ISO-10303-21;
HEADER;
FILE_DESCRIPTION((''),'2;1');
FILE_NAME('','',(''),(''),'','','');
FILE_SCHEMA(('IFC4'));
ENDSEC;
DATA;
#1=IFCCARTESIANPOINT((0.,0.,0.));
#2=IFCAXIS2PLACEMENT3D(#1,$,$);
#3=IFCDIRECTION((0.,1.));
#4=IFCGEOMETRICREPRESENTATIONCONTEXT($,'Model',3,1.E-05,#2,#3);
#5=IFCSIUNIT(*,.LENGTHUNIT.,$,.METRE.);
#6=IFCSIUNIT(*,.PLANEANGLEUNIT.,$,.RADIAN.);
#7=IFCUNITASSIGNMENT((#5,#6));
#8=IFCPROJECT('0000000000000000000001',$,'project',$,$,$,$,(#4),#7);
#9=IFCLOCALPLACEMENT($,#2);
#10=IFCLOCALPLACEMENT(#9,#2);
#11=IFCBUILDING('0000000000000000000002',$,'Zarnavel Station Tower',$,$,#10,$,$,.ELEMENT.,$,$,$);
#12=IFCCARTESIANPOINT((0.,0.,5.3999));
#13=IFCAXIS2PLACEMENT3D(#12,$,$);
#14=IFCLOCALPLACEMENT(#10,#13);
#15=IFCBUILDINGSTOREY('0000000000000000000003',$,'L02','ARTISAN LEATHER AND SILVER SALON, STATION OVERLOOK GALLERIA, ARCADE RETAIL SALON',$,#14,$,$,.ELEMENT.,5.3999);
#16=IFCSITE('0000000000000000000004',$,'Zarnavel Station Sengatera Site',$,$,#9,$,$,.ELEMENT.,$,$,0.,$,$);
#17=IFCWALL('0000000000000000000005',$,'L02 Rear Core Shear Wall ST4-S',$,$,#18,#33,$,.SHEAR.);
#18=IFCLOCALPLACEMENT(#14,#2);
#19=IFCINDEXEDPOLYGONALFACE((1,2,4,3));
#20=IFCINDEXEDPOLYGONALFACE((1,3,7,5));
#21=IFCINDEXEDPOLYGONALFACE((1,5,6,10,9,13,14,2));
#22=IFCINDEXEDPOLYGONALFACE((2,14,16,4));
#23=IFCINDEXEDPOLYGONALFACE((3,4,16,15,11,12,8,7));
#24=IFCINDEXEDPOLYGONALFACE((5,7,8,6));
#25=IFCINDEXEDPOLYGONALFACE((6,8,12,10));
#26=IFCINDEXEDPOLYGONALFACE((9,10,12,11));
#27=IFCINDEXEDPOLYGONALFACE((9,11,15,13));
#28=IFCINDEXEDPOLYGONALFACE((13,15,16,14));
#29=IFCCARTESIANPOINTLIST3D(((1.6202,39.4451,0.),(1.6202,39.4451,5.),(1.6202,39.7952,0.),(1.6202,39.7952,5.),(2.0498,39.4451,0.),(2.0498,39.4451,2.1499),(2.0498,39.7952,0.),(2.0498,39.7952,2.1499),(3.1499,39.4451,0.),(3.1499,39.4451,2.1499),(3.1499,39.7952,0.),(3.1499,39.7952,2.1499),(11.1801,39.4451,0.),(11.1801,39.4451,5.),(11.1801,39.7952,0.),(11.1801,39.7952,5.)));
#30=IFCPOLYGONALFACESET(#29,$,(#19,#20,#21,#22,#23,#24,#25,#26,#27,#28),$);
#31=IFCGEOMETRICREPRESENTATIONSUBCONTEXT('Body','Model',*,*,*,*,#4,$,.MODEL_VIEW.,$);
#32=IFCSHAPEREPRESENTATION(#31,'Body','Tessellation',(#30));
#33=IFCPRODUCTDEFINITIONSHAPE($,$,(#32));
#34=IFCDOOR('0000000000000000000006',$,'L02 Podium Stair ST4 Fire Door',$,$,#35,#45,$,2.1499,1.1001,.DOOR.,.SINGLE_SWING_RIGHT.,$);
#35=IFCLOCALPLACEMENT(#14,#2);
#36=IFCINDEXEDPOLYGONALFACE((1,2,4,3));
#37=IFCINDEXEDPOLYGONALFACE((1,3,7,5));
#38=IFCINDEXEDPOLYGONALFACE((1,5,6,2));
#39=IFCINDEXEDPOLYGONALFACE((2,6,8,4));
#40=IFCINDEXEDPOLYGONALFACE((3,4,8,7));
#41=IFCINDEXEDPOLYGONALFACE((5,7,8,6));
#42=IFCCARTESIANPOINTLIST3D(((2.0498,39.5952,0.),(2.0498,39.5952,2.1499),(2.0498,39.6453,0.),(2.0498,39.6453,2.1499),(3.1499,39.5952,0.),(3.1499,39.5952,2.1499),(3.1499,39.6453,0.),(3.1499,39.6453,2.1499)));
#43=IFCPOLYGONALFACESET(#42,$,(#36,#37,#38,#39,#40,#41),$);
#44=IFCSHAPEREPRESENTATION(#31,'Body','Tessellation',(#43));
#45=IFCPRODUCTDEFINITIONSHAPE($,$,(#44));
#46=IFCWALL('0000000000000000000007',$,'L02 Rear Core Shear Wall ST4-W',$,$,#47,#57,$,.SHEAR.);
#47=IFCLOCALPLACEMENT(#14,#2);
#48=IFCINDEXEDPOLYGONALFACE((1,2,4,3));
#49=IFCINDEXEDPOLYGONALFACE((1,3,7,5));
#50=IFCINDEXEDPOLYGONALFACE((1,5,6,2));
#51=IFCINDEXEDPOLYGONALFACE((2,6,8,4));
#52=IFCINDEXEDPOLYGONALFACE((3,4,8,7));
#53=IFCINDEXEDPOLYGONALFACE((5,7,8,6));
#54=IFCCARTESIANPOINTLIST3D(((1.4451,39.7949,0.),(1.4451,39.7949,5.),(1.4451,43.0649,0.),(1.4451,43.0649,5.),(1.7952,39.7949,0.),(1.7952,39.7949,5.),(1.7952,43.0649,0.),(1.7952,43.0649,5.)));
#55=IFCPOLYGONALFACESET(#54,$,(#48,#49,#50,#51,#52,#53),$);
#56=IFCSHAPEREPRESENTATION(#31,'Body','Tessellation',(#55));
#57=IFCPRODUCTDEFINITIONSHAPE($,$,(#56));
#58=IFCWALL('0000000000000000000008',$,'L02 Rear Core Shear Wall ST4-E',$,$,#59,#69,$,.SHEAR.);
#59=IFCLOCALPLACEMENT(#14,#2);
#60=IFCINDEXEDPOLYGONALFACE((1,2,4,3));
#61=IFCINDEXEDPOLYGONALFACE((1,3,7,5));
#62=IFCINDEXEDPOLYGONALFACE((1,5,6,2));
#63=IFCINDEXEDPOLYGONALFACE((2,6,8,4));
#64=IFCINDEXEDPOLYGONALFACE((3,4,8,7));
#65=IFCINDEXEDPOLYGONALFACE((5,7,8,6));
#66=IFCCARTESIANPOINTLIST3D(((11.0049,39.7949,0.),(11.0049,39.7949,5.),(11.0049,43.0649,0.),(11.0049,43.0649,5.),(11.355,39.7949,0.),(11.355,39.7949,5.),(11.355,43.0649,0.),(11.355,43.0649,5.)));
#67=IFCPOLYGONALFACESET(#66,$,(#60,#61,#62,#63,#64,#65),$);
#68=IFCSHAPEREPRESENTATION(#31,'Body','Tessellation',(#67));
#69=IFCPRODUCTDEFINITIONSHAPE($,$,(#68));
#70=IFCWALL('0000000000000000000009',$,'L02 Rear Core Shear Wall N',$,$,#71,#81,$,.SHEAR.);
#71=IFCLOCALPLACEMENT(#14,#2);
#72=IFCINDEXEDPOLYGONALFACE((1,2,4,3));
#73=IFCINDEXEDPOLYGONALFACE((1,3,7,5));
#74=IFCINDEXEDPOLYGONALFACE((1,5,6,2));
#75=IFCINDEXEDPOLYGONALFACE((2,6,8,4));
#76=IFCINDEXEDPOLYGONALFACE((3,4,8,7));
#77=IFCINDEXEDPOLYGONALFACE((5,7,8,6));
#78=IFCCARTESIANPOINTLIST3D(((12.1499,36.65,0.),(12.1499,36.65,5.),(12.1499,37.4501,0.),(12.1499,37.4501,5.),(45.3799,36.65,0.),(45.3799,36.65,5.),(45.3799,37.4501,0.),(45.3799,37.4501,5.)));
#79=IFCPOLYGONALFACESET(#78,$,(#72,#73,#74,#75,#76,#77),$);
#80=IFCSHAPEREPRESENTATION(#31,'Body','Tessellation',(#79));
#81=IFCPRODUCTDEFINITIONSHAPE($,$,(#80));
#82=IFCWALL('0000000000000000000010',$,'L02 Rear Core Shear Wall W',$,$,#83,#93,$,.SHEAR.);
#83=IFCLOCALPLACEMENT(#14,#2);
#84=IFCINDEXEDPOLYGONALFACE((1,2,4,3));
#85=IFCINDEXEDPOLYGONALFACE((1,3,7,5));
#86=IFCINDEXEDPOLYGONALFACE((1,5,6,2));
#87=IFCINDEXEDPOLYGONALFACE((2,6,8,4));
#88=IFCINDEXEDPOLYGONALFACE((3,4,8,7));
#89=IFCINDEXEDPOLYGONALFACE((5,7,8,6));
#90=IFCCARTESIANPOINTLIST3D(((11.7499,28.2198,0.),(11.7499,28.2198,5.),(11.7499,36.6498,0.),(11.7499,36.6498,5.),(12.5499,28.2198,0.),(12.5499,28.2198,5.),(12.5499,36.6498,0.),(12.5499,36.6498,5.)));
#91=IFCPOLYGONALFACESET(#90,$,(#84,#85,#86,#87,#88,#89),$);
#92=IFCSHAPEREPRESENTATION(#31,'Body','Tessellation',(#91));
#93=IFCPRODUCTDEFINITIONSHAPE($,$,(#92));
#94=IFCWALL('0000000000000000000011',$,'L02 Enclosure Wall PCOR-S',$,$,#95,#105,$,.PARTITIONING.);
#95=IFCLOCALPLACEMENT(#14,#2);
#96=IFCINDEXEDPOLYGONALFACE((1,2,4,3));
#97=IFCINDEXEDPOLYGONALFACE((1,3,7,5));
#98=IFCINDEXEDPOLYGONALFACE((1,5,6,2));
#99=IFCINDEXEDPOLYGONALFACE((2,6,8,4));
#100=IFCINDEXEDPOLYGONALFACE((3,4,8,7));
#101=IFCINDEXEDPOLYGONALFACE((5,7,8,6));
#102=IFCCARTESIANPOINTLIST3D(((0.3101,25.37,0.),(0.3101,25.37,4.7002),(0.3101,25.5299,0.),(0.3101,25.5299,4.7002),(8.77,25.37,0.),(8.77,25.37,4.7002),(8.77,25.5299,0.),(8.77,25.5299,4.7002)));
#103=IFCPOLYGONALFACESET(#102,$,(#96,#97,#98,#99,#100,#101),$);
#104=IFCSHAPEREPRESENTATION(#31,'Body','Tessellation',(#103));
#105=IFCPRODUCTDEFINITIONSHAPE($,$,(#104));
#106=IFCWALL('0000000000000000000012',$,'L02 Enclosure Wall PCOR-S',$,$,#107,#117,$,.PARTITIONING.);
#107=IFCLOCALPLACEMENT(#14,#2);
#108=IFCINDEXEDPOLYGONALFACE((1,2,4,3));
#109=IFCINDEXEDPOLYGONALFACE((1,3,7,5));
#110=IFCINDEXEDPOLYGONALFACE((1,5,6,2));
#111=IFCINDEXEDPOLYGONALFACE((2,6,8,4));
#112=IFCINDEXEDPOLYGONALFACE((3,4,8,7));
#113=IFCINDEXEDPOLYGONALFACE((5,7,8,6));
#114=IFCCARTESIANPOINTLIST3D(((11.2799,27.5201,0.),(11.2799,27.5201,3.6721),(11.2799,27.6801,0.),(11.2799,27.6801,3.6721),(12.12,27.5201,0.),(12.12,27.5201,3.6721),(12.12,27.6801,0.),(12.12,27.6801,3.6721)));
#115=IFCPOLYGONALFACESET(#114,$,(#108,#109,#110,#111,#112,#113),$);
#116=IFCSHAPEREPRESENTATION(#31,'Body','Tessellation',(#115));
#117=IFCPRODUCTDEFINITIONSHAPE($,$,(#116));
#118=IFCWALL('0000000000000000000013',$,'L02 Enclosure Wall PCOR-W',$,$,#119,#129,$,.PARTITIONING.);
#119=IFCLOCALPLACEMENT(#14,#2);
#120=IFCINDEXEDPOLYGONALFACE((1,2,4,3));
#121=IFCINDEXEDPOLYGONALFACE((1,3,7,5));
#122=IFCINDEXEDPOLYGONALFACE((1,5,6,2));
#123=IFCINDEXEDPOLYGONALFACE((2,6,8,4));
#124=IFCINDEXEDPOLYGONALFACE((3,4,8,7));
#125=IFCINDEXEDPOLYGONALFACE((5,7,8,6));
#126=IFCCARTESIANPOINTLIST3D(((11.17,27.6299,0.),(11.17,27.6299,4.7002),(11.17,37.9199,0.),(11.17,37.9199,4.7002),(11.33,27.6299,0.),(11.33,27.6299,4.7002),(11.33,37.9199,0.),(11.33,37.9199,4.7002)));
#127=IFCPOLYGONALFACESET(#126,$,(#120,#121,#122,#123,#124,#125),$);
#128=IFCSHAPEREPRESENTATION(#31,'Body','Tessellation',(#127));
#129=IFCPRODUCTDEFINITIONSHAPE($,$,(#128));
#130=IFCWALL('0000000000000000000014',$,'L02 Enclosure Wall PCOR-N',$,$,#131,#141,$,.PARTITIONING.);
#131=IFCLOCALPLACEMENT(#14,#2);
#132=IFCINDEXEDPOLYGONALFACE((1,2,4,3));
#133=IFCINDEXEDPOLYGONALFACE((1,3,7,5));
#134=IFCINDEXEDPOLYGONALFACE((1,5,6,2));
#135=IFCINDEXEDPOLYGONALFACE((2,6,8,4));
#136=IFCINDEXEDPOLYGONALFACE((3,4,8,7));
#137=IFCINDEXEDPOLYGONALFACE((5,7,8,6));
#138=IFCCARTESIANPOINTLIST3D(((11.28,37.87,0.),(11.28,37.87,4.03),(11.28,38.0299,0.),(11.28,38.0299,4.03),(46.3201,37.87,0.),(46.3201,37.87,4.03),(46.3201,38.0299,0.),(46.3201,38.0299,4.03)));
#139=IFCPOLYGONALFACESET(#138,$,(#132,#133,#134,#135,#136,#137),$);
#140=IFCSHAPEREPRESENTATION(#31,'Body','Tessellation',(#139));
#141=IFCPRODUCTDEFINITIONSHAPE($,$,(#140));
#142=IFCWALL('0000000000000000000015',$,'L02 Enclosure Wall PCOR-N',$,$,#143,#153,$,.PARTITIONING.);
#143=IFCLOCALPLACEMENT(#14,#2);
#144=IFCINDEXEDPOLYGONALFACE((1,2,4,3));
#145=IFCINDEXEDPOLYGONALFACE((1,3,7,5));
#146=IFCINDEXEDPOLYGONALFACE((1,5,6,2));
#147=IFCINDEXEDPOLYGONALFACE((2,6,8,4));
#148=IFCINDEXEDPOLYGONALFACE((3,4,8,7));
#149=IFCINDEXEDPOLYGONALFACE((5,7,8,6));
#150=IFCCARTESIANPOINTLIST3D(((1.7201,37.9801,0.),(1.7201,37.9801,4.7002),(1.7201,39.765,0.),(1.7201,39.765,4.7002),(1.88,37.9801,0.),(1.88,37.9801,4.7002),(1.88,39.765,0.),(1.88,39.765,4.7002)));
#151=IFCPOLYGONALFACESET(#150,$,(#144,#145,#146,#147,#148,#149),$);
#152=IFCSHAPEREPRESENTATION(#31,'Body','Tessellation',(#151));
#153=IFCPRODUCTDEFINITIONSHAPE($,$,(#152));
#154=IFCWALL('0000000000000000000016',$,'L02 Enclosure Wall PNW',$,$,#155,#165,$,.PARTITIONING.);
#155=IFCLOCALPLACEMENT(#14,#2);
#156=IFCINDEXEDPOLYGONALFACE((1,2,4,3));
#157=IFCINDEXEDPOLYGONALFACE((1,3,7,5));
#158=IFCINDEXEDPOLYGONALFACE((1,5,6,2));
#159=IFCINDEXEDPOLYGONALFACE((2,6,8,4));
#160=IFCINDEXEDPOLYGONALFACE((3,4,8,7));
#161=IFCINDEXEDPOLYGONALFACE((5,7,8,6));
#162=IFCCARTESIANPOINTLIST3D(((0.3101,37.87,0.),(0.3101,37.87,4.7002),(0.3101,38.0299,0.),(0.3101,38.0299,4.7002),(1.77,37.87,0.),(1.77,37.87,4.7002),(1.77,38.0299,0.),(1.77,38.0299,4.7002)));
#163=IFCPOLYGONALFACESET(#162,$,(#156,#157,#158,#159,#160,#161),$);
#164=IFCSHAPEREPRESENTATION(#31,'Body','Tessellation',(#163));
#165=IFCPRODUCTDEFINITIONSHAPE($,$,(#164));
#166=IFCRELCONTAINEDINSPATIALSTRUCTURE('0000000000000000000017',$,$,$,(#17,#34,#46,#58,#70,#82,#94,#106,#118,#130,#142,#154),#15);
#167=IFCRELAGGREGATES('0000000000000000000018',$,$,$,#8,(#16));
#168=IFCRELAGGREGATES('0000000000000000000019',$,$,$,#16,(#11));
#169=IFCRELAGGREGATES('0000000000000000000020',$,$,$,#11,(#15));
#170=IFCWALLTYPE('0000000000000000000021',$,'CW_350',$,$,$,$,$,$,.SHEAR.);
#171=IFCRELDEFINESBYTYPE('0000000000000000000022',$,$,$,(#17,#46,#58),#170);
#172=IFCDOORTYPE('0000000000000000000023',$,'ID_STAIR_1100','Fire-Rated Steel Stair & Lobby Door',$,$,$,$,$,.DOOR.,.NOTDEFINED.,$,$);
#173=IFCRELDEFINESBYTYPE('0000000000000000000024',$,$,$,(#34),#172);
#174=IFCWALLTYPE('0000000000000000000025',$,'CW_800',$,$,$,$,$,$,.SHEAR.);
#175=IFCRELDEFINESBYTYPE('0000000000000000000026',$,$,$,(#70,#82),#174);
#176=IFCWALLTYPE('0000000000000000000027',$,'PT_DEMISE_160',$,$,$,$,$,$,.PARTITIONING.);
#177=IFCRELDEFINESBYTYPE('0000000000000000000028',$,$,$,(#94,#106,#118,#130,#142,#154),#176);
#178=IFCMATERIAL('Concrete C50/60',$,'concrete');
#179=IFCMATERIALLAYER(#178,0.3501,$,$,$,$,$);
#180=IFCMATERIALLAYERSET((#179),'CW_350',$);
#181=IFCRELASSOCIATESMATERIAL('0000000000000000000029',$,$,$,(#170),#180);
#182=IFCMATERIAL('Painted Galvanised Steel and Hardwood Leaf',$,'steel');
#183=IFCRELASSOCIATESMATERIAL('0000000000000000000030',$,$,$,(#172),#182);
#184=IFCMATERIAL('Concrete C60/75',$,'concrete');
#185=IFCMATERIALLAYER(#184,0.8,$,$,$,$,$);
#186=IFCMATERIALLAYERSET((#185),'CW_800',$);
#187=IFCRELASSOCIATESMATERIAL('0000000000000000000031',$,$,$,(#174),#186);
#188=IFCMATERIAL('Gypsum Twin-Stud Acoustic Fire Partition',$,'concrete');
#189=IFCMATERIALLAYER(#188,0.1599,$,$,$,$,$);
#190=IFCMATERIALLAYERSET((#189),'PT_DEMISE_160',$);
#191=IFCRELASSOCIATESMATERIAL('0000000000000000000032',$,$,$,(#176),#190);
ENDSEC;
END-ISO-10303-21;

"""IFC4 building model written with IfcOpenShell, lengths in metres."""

from ifc_helpers import new_model, si_unit, direction, frame, frame_2d, origin, place, context, subcontext, project, spatial, rectangle, extrude, material, layer, layer_set, type_object, element, fill, save


model = new_model("IFC4")

# Units and contexts
model_context = context("Model", 3, precision=1e-05, world=origin(), true_north=direction((0.0, 1.0)))
body_context = subcontext(model_context, "Body", "Model", "MODEL_VIEW")
ifc_project = project(units=[si_unit("LENGTHUNIT", "METRE"), si_unit("PLANEANGLEUNIT", "RADIAN")], contexts=[model_context])

# Site, building, storey
site_placement = place(None, origin())
site = spatial("IfcSite", under=ifc_project, at=site_placement, Name="Zarnavel Station Sengatera Site", CompositionType="ELEMENT", RefElevation=0.0)
building_placement = place(site_placement, origin())
building = spatial("IfcBuilding", under=site, at=building_placement, Name="Zarnavel Station Tower", CompositionType="ELEMENT")
storey_placement = place(building_placement, frame((0.0, 0.0, 5.3999)))
storey = spatial("IfcBuildingStorey", under=building, at=storey_placement, Name="L02", Description="ARTISAN LEATHER AND SILVER SALON, STATION OVERLOOK GALLERIA, ARCADE RETAIL SALON", CompositionType="ELEMENT", Elevation=5.3999)

# Wall, opening, door
ifc_material_1 = material(Name="Concrete C50/60", Category="concrete")
ifc_layer_1 = layer(ifc_material_1, 0.3501)
ifc_layer_set_1 = layer_set([ifc_layer_1], Name="CW_350")
wall_type_1 = type_object("IfcWallType", Name="CW_350", PredefinedType="SHEAR", material=ifc_layer_set_1)
wall_1_placement = place(storey_placement, frame((11.1799, 39.6201, 0.0), z_axis=(0.0, 0.0, 1.0), x_axis=(-1.0, 0.0, 0.0)))
wall_1 = element("IfcWall", 1, at=wall_1_placement, inside=storey, type_object=wall_type_1, Name="L02 Rear Core Shear Wall ST4-S", PredefinedType="SHEAR", context=body_context, shape_type="SweptSolid", body=[
    extrude(rectangle(XDim=9.5598, YDim=0.3501, at=frame_2d((4.7798, 0.0))), origin(), (0.0, 0.0, 1.0), 5.0),
])
opening_1_placement = place(wall_1_placement, frame((8.03, 0.0, 0.0)))
opening_1 = element("IfcOpeningElement", 2, at=opening_1_placement, cuts=wall_1, PredefinedType="OPENING", context=body_context, shape_type="SweptSolid", body=[
    extrude(rectangle(XDim=1.1001, YDim=2.1499, at=frame_2d((0.55, 1.075))), frame((0.0, 0.1851, 0.0), z_axis=(0.0, -1.0, 0.0), x_axis=(1.0, 0.0, 0.0)), (0.0, 0.0, 1.0), 0.3701),
])
ifc_material_2 = material(Name="Painted Galvanised Steel and Hardwood Leaf", Category="steel")
door_type_1 = type_object("IfcDoorType", Name="ID_STAIR_1100", Description="Fire-Rated Steel Stair & Lobby Door", OperationType="NOTDEFINED", PredefinedType="DOOR", material=ifc_material_2)
door_1_placement = place(opening_1_placement, origin())
door_1 = element("IfcDoor", 3, at=door_1_placement, inside=storey, type_object=door_type_1, Name="L02 Podium Stair ST4 Fire Door", OperationType="SINGLE_SWING_RIGHT", OverallHeight=2.1499, OverallWidth=1.1001, PredefinedType="DOOR", context=body_context, shape_type="SweptSolid", body=[
    extrude(rectangle(XDim=1.1001, YDim=2.1499, at=frame_2d((0.55, 1.075))), frame((0.0, 0.0249, 0.0), z_axis=(0.0, -1.0, 0.0), x_axis=(1.0, 0.0, 0.0)), (0.0, 0.0, 1.0), 0.05),
])
fill(opening_1, door_1)

# Walls
for number, where, z_axis, x_axis, name in (
    (4, (1.6201, 39.7949, 0.0), (0.0, 0.0, 1.0), (0.0, 1.0, 0.0), "L02 Rear Core Shear Wall ST4-W"),
    (5, (11.1799, 39.7949, 0.0), (0.0, 0.0, 1.0), (0.0, 1.0, 0.0), "L02 Rear Core Shear Wall ST4-E"),
):
    element("IfcWall", number, at=place(storey_placement, frame(where, z_axis=z_axis, x_axis=x_axis)), inside=storey, type_object=wall_type_1, Name=name, PredefinedType="SHEAR", context=body_context, shape_type="SweptSolid", body=[
        extrude(rectangle(XDim=3.27, YDim=0.3501, at=frame_2d((1.635, 0.0))), origin(), (0.0, 0.0, 1.0), 5.0),
    ])
ifc_material_3 = material(Name="Concrete C60/75", Category="concrete")
ifc_layer_2 = layer(ifc_material_3, 0.8)
ifc_layer_set_2 = layer_set([ifc_layer_2], Name="CW_800")
wall_type_2 = type_object("IfcWallType", Name="CW_800", PredefinedType="SHEAR", material=ifc_layer_set_2)
wall_2_placement = place(storey_placement, frame((12.1499, 37.05, 0.0), z_axis=(0.0, 0.0, 1.0), x_axis=(1.0, 0.0, 0.0)))
element("IfcWall", 6, at=wall_2_placement, inside=storey, type_object=wall_type_2, Name="L02 Rear Core Shear Wall N", PredefinedType="SHEAR", context=body_context, shape_type="SweptSolid", body=[
    extrude(rectangle(XDim=33.23, YDim=0.8, at=frame_2d((16.615, 0.0))), origin(), (0.0, 0.0, 1.0), 5.0),
])
wall_3_placement = place(storey_placement, frame((12.1499, 28.22, 0.0), z_axis=(0.0, 0.0, 1.0), x_axis=(0.0, 1.0, 0.0)))
element("IfcWall", 7, at=wall_3_placement, inside=storey, type_object=wall_type_2, Name="L02 Rear Core Shear Wall W", PredefinedType="SHEAR", context=body_context, shape_type="SweptSolid", body=[
    extrude(rectangle(XDim=8.4299, YDim=0.8, at=frame_2d((4.2148, 0.0))), origin(), (0.0, 0.0, 1.0), 5.0),
])
ifc_material_4 = material(Name="Gypsum Twin-Stud Acoustic Fire Partition", Category="concrete")
ifc_layer_3 = layer(ifc_material_4, 0.1599)
ifc_layer_set_3 = layer_set([ifc_layer_3], Name="PT_DEMISE_160")
wall_type_3 = type_object("IfcWallType", Name="PT_DEMISE_160", PredefinedType="PARTITIONING", material=ifc_layer_set_3)
wall_4_placement = place(storey_placement, frame((0.3101, 25.45, 0.0), z_axis=(0.0, 0.0, 1.0), x_axis=(1.0, 0.0, 0.0)))
element("IfcWall", 8, at=wall_4_placement, inside=storey, type_object=wall_type_3, Name="L02 Enclosure Wall PCOR-S", PredefinedType="PARTITIONING", context=body_context, shape_type="SweptSolid", body=[
    extrude(rectangle(XDim=8.46, YDim=0.1599, at=frame_2d((4.23, 0.0))), origin(), (0.0, 0.0, 1.0), 4.7002),
])
wall_5_placement = place(storey_placement, frame((11.28, 27.6001, 0.0), z_axis=(0.0, 0.0, 1.0), x_axis=(1.0, 0.0, 0.0)))
element("IfcWall", 9, at=wall_5_placement, inside=storey, type_object=wall_type_3, Name="L02 Enclosure Wall PCOR-S", PredefinedType="PARTITIONING", context=body_context, shape_type="SweptSolid", body=[
    extrude(rectangle(XDim=0.8401, YDim=0.1599, at=frame_2d((0.4199, 0.0))), origin(), (0.0, 0.0, 1.0), 3.6721),
])
wall_6_placement = place(storey_placement, frame((11.25, 27.6299, 0.0), z_axis=(0.0, 0.0, 1.0), x_axis=(0.0, 1.0, 0.0)))
element("IfcWall", 10, at=wall_6_placement, inside=storey, type_object=wall_type_3, Name="L02 Enclosure Wall PCOR-W", PredefinedType="PARTITIONING", context=body_context, shape_type="SweptSolid", body=[
    extrude(rectangle(XDim=10.29, YDim=0.1599, at=frame_2d((5.145, 0.0))), origin(), (0.0, 0.0, 1.0), 4.7002),
])
wall_7_placement = place(storey_placement, frame((11.28, 37.95, 0.0), z_axis=(0.0, 0.0, 1.0), x_axis=(1.0, 0.0, 0.0)))
element("IfcWall", 11, at=wall_7_placement, inside=storey, type_object=wall_type_3, Name="L02 Enclosure Wall PCOR-N", PredefinedType="PARTITIONING", context=body_context, shape_type="SweptSolid", body=[
    extrude(rectangle(XDim=35.04, YDim=0.1599, at=frame_2d((17.52, 0.0))), origin(), (0.0, 0.0, 1.0), 4.03),
])
wall_8_placement = place(storey_placement, frame((1.8, 37.98, 0.0), z_axis=(0.0, 0.0, 1.0), x_axis=(0.0, 1.0, 0.0)))
element("IfcWall", 12, at=wall_8_placement, inside=storey, type_object=wall_type_3, Name="L02 Enclosure Wall PCOR-N", PredefinedType="PARTITIONING", context=body_context, shape_type="SweptSolid", body=[
    extrude(rectangle(XDim=1.7849, YDim=0.1599, at=frame_2d((0.8926, 0.0))), origin(), (0.0, 0.0, 1.0), 4.7002),
])
wall_9_placement = place(storey_placement, frame((0.3101, 37.95, 0.0), z_axis=(0.0, 0.0, 1.0), x_axis=(1.0, 0.0, 0.0)))
element("IfcWall", 13, at=wall_9_placement, inside=storey, type_object=wall_type_3, Name="L02 Enclosure Wall PNW", PredefinedType="PARTITIONING", context=body_context, shape_type="SweptSolid", body=[
    extrude(rectangle(XDim=1.46, YDim=0.1599, at=frame_2d((0.73, 0.0))), origin(), (0.0, 0.0, 1.0), 4.7002),
])

save(model, "model.ifc")
